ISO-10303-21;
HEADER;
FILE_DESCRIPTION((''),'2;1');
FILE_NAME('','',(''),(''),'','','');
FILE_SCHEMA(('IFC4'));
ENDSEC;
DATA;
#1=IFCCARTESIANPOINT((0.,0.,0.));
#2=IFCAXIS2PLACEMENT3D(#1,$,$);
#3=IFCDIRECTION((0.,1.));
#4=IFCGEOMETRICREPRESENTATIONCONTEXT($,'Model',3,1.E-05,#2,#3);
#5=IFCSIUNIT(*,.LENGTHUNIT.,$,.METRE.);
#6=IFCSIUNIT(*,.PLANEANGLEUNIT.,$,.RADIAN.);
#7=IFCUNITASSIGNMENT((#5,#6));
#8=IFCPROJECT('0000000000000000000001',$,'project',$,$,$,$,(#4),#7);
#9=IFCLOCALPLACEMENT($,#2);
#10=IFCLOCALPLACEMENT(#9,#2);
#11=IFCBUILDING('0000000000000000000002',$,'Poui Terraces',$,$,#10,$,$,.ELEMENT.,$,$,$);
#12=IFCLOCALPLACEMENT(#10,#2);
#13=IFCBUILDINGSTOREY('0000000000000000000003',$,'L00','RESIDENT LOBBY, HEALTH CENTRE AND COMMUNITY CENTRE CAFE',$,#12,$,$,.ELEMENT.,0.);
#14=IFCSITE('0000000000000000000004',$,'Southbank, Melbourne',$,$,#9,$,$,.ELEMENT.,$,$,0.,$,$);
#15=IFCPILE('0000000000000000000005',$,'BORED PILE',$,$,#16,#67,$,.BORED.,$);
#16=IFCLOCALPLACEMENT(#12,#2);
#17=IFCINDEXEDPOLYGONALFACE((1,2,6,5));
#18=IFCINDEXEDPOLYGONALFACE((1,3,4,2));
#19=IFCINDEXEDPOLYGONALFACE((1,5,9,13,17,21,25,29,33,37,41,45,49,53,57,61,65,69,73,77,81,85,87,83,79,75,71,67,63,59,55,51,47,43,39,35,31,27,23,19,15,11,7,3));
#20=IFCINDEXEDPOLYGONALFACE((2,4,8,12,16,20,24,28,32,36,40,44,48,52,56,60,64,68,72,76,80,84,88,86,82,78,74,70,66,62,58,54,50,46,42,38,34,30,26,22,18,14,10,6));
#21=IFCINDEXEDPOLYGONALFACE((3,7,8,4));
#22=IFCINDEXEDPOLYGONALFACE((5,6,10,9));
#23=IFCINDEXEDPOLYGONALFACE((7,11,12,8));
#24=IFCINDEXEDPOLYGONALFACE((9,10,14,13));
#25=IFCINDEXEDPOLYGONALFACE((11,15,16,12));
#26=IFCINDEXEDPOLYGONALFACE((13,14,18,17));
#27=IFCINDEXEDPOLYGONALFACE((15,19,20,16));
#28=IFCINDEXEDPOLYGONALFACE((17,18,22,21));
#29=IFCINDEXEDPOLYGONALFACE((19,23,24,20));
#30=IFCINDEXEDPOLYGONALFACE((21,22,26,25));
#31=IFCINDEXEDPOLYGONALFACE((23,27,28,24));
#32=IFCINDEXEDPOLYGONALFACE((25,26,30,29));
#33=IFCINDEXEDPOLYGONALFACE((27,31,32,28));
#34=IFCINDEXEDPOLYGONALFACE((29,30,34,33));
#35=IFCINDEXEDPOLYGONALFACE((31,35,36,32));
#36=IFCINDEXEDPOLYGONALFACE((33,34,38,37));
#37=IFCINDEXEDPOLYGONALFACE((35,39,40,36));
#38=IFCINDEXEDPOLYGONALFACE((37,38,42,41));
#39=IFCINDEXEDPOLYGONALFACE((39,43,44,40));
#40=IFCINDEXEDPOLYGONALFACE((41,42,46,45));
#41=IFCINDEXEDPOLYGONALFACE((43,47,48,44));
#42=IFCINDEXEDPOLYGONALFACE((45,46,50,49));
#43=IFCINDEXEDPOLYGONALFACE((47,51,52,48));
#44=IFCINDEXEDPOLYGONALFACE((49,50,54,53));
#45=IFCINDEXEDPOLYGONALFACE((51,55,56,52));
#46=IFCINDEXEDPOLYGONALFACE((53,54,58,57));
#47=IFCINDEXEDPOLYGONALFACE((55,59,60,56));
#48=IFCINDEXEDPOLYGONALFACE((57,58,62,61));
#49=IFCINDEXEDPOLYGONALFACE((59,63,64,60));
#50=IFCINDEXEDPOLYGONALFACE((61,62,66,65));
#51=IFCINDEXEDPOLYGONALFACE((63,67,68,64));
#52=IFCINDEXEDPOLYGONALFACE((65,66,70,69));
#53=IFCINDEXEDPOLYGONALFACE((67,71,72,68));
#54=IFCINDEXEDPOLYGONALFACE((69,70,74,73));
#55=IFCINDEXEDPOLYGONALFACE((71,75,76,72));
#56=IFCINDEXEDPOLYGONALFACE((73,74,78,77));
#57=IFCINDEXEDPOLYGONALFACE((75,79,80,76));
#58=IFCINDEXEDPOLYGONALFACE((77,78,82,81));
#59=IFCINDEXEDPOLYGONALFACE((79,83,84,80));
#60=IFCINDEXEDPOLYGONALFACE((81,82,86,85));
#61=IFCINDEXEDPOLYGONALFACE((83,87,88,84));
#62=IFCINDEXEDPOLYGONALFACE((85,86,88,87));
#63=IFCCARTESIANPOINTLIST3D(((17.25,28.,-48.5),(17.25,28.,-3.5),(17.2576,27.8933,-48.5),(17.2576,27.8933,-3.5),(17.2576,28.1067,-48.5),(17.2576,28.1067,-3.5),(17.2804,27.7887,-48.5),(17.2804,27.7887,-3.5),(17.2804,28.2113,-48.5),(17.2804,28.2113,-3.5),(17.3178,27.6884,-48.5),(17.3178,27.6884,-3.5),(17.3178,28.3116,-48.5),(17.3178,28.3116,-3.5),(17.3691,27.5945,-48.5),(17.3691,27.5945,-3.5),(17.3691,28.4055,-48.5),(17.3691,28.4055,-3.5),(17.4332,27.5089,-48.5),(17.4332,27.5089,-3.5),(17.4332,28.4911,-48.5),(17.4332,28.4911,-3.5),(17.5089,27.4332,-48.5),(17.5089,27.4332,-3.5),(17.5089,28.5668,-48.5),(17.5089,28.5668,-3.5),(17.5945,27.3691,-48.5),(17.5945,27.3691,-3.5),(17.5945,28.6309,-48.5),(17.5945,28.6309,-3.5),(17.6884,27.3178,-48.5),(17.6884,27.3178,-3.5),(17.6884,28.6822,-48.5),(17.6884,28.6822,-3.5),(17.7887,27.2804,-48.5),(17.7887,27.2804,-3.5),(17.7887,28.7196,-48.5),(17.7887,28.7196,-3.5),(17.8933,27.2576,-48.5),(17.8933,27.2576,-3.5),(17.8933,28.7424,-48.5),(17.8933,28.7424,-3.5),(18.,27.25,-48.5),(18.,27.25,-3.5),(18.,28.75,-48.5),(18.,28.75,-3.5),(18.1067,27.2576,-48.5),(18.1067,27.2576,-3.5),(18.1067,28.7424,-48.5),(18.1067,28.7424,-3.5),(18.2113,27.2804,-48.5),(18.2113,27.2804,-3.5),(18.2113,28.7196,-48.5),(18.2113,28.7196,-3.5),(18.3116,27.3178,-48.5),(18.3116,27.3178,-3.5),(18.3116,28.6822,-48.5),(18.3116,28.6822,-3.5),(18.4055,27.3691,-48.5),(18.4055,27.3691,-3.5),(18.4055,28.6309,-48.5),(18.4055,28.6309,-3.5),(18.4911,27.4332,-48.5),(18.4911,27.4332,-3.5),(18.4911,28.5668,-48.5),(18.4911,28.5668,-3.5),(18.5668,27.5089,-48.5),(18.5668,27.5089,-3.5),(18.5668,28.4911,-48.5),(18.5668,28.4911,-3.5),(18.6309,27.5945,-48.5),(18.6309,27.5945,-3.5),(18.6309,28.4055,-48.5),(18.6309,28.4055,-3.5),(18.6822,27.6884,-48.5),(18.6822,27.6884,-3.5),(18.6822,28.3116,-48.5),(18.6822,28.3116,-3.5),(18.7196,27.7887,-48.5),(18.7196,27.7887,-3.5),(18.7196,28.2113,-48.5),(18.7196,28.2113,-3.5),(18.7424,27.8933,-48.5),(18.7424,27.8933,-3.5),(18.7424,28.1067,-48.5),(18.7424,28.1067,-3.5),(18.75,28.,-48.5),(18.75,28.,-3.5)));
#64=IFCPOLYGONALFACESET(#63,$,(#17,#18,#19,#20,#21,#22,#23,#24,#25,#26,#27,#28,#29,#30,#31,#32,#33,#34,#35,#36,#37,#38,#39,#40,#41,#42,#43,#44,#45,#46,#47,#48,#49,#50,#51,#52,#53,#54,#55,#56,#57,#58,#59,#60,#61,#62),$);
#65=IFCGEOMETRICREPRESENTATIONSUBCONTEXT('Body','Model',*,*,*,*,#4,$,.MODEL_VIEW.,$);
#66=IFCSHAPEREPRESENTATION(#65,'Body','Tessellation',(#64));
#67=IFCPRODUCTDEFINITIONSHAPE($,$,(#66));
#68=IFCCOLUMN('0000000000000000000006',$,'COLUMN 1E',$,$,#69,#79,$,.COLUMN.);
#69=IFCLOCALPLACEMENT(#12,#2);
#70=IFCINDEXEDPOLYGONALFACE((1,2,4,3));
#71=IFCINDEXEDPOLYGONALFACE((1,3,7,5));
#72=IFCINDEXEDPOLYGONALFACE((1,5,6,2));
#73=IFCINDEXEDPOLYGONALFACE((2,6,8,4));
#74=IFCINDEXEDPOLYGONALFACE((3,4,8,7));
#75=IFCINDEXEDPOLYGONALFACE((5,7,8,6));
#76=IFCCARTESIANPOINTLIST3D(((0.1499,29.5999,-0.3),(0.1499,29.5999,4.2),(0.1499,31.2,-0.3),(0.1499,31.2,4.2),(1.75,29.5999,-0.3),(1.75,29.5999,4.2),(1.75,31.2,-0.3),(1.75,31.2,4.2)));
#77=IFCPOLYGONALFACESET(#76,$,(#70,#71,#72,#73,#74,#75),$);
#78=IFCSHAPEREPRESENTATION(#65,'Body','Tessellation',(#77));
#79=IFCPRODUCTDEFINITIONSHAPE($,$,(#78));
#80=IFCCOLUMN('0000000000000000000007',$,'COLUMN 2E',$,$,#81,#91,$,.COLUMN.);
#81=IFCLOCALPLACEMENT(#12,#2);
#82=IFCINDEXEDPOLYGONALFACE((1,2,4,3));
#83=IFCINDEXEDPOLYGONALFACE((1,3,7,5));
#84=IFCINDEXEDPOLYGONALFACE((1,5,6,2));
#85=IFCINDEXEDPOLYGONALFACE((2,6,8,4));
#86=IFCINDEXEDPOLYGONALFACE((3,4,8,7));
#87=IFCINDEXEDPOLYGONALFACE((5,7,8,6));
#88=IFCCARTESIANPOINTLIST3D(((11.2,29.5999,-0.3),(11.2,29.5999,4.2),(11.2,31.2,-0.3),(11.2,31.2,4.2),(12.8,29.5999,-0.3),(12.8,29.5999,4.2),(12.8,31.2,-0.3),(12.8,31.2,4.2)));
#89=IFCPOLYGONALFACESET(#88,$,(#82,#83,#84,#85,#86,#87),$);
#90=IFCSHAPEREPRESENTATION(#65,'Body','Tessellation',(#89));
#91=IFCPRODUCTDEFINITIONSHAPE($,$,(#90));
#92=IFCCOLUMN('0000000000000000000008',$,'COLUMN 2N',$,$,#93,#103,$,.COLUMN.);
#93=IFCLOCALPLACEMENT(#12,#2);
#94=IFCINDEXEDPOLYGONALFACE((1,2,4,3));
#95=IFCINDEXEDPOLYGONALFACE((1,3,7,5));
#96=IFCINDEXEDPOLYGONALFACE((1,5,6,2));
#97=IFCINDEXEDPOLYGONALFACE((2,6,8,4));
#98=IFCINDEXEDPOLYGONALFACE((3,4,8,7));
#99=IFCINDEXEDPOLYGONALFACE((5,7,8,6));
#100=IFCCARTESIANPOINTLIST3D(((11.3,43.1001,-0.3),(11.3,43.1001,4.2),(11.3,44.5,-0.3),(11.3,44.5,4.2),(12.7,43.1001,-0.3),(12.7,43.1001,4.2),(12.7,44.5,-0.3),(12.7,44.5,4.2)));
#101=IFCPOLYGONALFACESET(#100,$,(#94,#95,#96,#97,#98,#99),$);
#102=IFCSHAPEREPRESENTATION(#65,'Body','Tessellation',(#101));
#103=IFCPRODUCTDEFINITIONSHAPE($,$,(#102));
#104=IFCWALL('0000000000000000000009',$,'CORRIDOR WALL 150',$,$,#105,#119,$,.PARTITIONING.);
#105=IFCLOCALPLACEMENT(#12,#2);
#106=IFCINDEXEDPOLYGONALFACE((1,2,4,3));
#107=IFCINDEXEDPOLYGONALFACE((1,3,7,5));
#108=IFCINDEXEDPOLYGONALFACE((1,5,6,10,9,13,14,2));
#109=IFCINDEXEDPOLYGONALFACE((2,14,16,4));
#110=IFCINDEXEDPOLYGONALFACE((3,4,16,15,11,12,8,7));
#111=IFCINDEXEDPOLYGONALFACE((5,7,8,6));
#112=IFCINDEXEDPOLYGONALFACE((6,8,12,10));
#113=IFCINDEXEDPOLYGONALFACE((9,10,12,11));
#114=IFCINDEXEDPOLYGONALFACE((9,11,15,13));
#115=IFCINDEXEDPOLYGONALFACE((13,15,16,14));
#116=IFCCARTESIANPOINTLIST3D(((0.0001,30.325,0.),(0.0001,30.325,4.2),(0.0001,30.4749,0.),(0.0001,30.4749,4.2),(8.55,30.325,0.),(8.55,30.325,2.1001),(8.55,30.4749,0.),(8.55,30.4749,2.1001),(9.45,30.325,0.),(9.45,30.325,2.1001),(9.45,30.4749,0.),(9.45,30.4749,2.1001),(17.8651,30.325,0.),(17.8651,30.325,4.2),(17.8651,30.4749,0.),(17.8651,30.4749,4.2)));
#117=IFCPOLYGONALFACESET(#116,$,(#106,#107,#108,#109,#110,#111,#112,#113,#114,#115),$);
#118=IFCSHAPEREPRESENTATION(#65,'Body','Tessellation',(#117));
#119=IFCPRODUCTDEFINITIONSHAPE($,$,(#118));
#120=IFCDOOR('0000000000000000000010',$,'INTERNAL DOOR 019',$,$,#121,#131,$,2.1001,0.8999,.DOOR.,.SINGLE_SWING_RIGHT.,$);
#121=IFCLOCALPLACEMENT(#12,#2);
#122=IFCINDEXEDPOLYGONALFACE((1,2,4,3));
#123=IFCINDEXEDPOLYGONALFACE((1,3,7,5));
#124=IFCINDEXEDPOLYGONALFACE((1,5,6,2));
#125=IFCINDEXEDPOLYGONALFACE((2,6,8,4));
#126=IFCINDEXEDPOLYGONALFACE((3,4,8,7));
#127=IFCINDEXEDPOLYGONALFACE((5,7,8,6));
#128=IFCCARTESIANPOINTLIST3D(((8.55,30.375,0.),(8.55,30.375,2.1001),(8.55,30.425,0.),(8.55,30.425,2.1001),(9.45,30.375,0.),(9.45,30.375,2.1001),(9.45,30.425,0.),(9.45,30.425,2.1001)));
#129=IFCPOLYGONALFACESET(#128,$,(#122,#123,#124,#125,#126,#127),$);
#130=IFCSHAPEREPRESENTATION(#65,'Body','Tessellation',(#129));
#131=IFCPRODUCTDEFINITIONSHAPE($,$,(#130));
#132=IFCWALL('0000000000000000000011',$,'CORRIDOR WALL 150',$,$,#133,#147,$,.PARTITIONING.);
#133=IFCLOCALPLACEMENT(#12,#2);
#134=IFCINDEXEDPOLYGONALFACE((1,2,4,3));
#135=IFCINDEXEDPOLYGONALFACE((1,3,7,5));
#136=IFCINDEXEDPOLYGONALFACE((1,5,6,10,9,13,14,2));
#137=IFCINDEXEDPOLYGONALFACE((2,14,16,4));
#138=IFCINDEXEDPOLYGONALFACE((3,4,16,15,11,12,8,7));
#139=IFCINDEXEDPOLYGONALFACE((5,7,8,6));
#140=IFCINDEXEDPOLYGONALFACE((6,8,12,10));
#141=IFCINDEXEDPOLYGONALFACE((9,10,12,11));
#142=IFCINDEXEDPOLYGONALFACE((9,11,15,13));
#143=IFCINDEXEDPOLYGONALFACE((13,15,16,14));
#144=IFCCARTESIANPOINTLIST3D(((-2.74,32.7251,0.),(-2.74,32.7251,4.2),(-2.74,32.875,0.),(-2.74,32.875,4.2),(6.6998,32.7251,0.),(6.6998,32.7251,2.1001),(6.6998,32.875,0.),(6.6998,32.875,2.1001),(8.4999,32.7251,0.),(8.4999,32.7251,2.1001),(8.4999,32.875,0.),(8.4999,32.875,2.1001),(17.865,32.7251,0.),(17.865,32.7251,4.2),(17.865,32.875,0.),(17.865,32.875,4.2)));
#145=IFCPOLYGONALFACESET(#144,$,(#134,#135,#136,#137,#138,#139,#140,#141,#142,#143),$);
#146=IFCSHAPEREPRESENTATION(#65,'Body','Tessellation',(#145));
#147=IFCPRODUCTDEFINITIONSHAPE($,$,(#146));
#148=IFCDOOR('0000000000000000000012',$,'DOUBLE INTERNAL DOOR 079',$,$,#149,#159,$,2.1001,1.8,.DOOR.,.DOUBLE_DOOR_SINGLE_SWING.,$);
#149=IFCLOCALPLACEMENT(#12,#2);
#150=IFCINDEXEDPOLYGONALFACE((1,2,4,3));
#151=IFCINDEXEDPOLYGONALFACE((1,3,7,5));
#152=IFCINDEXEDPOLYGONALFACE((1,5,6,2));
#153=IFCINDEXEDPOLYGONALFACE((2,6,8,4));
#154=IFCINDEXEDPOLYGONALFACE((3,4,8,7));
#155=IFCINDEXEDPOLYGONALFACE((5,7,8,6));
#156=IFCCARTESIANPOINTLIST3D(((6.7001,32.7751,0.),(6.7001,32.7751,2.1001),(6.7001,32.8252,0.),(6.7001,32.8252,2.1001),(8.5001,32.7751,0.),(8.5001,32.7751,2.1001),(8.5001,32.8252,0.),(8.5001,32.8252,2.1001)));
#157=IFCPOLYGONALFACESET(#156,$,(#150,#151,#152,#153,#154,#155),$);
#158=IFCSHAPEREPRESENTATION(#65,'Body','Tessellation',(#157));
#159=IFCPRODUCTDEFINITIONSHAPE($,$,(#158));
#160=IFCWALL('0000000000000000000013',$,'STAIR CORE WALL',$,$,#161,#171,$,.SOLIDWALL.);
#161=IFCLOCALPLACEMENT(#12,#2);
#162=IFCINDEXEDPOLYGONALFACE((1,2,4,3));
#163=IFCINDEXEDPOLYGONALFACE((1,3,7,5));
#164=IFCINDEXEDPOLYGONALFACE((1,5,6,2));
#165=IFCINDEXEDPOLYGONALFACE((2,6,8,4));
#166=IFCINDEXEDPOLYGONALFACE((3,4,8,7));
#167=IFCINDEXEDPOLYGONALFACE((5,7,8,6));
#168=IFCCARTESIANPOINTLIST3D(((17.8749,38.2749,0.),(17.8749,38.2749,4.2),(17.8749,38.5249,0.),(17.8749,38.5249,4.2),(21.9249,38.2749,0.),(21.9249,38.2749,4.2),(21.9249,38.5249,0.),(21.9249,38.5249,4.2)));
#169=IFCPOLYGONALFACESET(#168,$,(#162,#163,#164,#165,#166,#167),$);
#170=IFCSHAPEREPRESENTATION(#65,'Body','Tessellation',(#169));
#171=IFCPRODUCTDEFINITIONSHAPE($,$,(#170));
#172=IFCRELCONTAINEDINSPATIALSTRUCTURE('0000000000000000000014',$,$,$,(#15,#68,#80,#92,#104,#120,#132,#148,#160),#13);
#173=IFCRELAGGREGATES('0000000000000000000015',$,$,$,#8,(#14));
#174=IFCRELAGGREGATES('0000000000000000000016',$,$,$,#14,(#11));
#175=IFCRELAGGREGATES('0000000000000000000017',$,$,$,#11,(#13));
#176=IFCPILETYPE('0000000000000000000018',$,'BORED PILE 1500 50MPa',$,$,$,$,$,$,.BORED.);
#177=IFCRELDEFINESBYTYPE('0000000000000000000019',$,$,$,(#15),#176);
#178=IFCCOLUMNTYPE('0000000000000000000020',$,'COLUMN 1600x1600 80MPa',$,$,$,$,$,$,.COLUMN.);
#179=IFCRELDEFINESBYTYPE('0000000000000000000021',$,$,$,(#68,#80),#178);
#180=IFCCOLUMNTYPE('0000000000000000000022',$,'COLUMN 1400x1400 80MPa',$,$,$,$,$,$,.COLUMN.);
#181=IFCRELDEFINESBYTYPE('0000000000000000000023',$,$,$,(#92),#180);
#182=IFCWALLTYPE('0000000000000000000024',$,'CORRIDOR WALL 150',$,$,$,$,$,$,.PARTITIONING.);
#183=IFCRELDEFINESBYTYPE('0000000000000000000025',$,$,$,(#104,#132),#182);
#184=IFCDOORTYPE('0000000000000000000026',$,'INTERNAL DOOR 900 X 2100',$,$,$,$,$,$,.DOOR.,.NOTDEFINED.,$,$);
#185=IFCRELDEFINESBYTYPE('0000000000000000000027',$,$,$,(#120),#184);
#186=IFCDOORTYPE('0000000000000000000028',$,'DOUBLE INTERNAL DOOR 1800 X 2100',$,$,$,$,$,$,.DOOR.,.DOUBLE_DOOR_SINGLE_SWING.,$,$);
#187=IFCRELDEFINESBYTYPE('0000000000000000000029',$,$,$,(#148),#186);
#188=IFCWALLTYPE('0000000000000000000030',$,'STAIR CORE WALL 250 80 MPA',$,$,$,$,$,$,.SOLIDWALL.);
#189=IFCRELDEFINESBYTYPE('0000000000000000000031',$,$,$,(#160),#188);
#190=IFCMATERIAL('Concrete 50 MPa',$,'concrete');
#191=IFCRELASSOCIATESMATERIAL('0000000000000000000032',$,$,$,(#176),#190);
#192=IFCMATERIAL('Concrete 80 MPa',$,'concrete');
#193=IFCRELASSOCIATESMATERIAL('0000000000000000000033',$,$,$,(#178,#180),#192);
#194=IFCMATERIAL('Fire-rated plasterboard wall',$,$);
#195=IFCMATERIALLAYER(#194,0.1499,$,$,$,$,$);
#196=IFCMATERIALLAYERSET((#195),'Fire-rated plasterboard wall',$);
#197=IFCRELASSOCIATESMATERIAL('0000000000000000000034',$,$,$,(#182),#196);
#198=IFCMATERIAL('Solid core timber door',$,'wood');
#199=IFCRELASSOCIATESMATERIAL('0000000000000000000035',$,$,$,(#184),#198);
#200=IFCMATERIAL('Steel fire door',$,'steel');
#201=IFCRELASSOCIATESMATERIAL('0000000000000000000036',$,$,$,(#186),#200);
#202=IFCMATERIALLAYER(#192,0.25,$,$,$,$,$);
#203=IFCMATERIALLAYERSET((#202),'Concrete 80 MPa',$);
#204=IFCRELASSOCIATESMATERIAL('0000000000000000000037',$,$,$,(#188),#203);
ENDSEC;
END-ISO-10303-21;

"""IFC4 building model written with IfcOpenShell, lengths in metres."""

from ifc_helpers import new_model, si_unit, direction, frame, frame_2d, origin, origin_2d, place, context, subcontext, project, spatial, rectangle, circle, extrude, source, transform, mapped, material, layer, layer_set, material_profile, profile_set, type_object, element, fill, save


model = new_model("IFC4")

# Units and contexts
model_context = context("Model", 3, precision=1e-05, world=origin(), true_north=direction((0.0, 1.0)))
body_context = subcontext(model_context, "Body", "Model", "MODEL_VIEW")
ifc_project = project(units=[si_unit("LENGTHUNIT", "METRE"), si_unit("PLANEANGLEUNIT", "RADIAN")], contexts=[model_context])

# Site, building, storey
site_placement = place(None, origin())
site = spatial("IfcSite", under=ifc_project, at=site_placement, Name="Southbank, Melbourne", CompositionType="ELEMENT", RefElevation=0.0)
building_placement = place(site_placement, origin())
building = spatial("IfcBuilding", under=site, at=building_placement, Name="Poui Terraces", CompositionType="ELEMENT")
storey_placement = place(building_placement, origin())
storey = spatial("IfcBuildingStorey", under=building, at=storey_placement, Name="L00", Description="RESIDENT LOBBY, HEALTH CENTRE AND COMMUNITY CENTRE CAFE", CompositionType="ELEMENT", Elevation=0.0)

# Pile
ifc_material_1 = material(Name="Concrete 50 MPa", Category="concrete")
ifc_material_profile_1 = material_profile(ifc_material_1, circle(Radius=0.75, at=origin_2d()), Name="RC D1500")
ifc_profile_set_1 = profile_set([ifc_material_profile_1], Name="Concrete 50 MPa")
pile_type = type_object("IfcPileType", Name="BORED PILE 1500 50MPa", PredefinedType="BORED", material=ifc_profile_set_1)
for number, where, z_axis, x_axis, name in (
    (1, (18.0, 28.0, -3.5), (0.0, 0.0, -1.0), (1.0, 0.0, 0.0), "BORED PILE"),
):
    element("IfcPile", number, at=place(storey_placement, frame(where, z_axis=z_axis, x_axis=x_axis)), inside=storey, type_object=pile_type, Name=name, PredefinedType="BORED", context=body_context, shape_type="SweptSolid", body=[
        extrude(circle(Radius=0.75, at=origin_2d()), origin(), (0.0, 0.0, 1.0), 45.0),
    ])

# Columns
ifc_material_2 = material(Name="Concrete 80 MPa", Category="concrete")
ifc_material_profile_2 = material_profile(ifc_material_2, rectangle(XDim=1.6001, YDim=1.6001, at=origin_2d()), Name="RC 1600x1600")
ifc_profile_set_2 = profile_set([ifc_material_profile_2], Name="Concrete 80 MPa")
column_type_1 = type_object("IfcColumnType", Name="COLUMN 1600x1600 80MPa", PredefinedType="COLUMN", material=ifc_profile_set_2)
shared_shape_1 = source(origin(), body_context, "Body", "SweptSolid", [
    extrude(rectangle(XDim=1.6001, YDim=1.6001, at=origin_2d()), origin(), (0.0, 0.0, 1.0), 4.5),
])
for number, where, z_axis, x_axis, name in (
    (2, (0.95, 30.3999, -0.3), (0.0, 0.0, 1.0), (1.0, 0.0, 0.0), "COLUMN 1E"),
    (3, (12.0, 30.3999, -0.3), (0.0, 0.0, 1.0), (1.0, 0.0, 0.0), "COLUMN 2E"),
):
    element("IfcColumn", number, at=place(storey_placement, frame(where, z_axis=z_axis, x_axis=x_axis)), inside=storey, type_object=column_type_1, Name=name, PredefinedType="COLUMN", context=body_context, shape_type="MappedRepresentation", body=[
        mapped(shared_shape_1, transform((0.0, 0.0, 0.0))),
    ])
ifc_material_profile_3 = material_profile(ifc_material_2, rectangle(XDim=1.3999, YDim=1.3999, at=origin_2d()), Name="RC 1400x1400")
ifc_profile_set_3 = profile_set([ifc_material_profile_3], Name="Concrete 80 MPa")
column_type_2 = type_object("IfcColumnType", Name="COLUMN 1400x1400 80MPa", PredefinedType="COLUMN", material=ifc_profile_set_3)
shared_shape_2 = source(origin(), body_context, "Body", "SweptSolid", [
    extrude(rectangle(XDim=1.3999, YDim=1.3999, at=origin_2d()), origin(), (0.0, 0.0, 1.0), 4.5),
])
column_placement = place(storey_placement, frame((12.0, 43.8, -0.3), z_axis=(0.0, 0.0, 1.0), x_axis=(1.0, 0.0, 0.0)))
element("IfcColumn", 4, at=column_placement, inside=storey, type_object=column_type_2, Name="COLUMN 2N", PredefinedType="COLUMN", context=body_context, shape_type="MappedRepresentation", body=[
    mapped(shared_shape_2, transform((0.0, 0.0, 0.0))),
])

# Walls, openings, doors
ifc_material_3 = material(Name="Fire-rated plasterboard wall")
ifc_layer_1 = layer(ifc_material_3, 0.1499)
ifc_layer_set_1 = layer_set([ifc_layer_1], Name="Fire-rated plasterboard wall")
wall_type_1 = type_object("IfcWallType", Name="CORRIDOR WALL 150", PredefinedType="PARTITIONING", material=ifc_layer_set_1)
wall_1_placement = place(storey_placement, frame((0.0, 30.3999, 0.0), z_axis=(0.0, 0.0, 1.0), x_axis=(1.0, 0.0, 0.0)))
wall_1 = element("IfcWall", 5, at=wall_1_placement, inside=storey, type_object=wall_type_1, Name="CORRIDOR WALL 150", PredefinedType="PARTITIONING", context=body_context, shape_type="SweptSolid", body=[
    extrude(rectangle(XDim=17.865, YDim=0.1499, at=frame_2d((8.9326, 0.0))), origin(), (0.0, 0.0, 1.0), 4.2),
])
opening_1_placement = place(wall_1_placement, frame((8.55, 0.0, 0.0)))
opening_1 = element("IfcOpeningElement", 6, at=opening_1_placement, cuts=wall_1, PredefinedType="OPENING", context=body_context, shape_type="SweptSolid", body=[
    extrude(rectangle(XDim=0.8999, YDim=2.1001, at=frame_2d((0.45, 1.05))), frame((0.0, 0.085, 0.0), z_axis=(0.0, -1.0, 0.0), x_axis=(1.0, 0.0, 0.0)), (0.0, 0.0, 1.0), 0.1699),
])
ifc_material_4 = material(Name="Solid core timber door", Category="wood")
door_type_1 = type_object("IfcDoorType", Name="INTERNAL DOOR 900 X 2100", OperationType="NOTDEFINED", PredefinedType="DOOR", material=ifc_material_4)
door_1_placement = place(opening_1_placement, frame((0.8999, 0.0, 0.0), z_axis=(0.0, 0.0, 1.0), x_axis=(-1.0, 0.0, 0.0)))
door_1 = element("IfcDoor", 7, at=door_1_placement, inside=storey, type_object=door_type_1, Name="INTERNAL DOOR 019", OperationType="SINGLE_SWING_RIGHT", OverallHeight=2.1001, OverallWidth=0.8999, PredefinedType="DOOR", context=body_context, shape_type="SweptSolid", body=[
    extrude(rectangle(XDim=0.8999, YDim=2.1001, at=frame_2d((0.45, 1.05))), frame((0.0, 0.0249, 0.0), z_axis=(0.0, -1.0, 0.0), x_axis=(1.0, 0.0, 0.0)), (0.0, 0.0, 1.0), 0.05),
])
fill(opening_1, door_1)
wall_2_placement = place(storey_placement, frame((-2.74, 32.8, 0.0), z_axis=(0.0, 0.0, 1.0), x_axis=(1.0, 0.0, 0.0)))
wall_2 = element("IfcWall", 8, at=wall_2_placement, inside=storey, type_object=wall_type_1, Name="CORRIDOR WALL 150", PredefinedType="PARTITIONING", context=body_context, shape_type="SweptSolid", body=[
    extrude(rectangle(XDim=20.605, YDim=0.1499, at=frame_2d((10.3025, 0.0))), origin(), (0.0, 0.0, 1.0), 4.2),
])
opening_2_placement = place(wall_2_placement, frame((9.4399, 0.0, 0.0)))
opening_2 = element("IfcOpeningElement", 9, at=opening_2_placement, cuts=wall_2, PredefinedType="OPENING", context=body_context, shape_type="SweptSolid", body=[
    extrude(rectangle(XDim=1.8, YDim=2.1001, at=frame_2d((0.8999, 1.05))), frame((0.0, 0.085, 0.0), z_axis=(0.0, -1.0, 0.0), x_axis=(1.0, 0.0, 0.0)), (0.0, 0.0, 1.0), 0.1699),
])
ifc_material_5 = material(Name="Steel fire door", Category="steel")
door_type_2 = type_object("IfcDoorType", Name="DOUBLE INTERNAL DOOR 1800 X 2100", OperationType="DOUBLE_DOOR_SINGLE_SWING", PredefinedType="DOOR", material=ifc_material_5)
door_2_placement = place(opening_2_placement, frame((1.8, 0.0, 0.0), z_axis=(0.0, 0.0, 1.0), x_axis=(-1.0, 0.0, 0.0)))
door_2 = element("IfcDoor", 10, at=door_2_placement, inside=storey, type_object=door_type_2, Name="DOUBLE INTERNAL DOOR 079", OperationType="DOUBLE_DOOR_SINGLE_SWING", OverallHeight=2.1001, OverallWidth=1.8, PredefinedType="DOOR", context=body_context, shape_type="SweptSolid", body=[
    extrude(rectangle(XDim=1.8, YDim=2.1001, at=frame_2d((0.8999, 1.05))), frame((0.0, 0.0249, 0.0), z_axis=(0.0, -1.0, 0.0), x_axis=(1.0, 0.0, 0.0)), (0.0, 0.0, 1.0), 0.05),
])
fill(opening_2, door_2)

# Wall
ifc_layer_2 = layer(ifc_material_2, 0.25)
ifc_layer_set_2 = layer_set([ifc_layer_2], Name="Concrete 80 MPa")
wall_type_2 = type_object("IfcWallType", Name="STAIR CORE WALL 250 80 MPA", PredefinedType="SOLIDWALL", material=ifc_layer_set_2)
wall_3_placement = place(storey_placement, frame((17.875, 38.3999, 0.0), z_axis=(0.0, 0.0, 1.0), x_axis=(1.0, 0.0, 0.0)))
element("IfcWall", 11, at=wall_3_placement, inside=storey, type_object=wall_type_2, Name="STAIR CORE WALL", PredefinedType="SOLIDWALL", context=body_context, shape_type="SweptSolid", body=[
    extrude(rectangle(XDim=4.05, YDim=0.25, at=frame_2d((2.0249, 0.0))), origin(), (0.0, 0.0, 1.0), 4.2),
])

save(model, "model.ifc")
